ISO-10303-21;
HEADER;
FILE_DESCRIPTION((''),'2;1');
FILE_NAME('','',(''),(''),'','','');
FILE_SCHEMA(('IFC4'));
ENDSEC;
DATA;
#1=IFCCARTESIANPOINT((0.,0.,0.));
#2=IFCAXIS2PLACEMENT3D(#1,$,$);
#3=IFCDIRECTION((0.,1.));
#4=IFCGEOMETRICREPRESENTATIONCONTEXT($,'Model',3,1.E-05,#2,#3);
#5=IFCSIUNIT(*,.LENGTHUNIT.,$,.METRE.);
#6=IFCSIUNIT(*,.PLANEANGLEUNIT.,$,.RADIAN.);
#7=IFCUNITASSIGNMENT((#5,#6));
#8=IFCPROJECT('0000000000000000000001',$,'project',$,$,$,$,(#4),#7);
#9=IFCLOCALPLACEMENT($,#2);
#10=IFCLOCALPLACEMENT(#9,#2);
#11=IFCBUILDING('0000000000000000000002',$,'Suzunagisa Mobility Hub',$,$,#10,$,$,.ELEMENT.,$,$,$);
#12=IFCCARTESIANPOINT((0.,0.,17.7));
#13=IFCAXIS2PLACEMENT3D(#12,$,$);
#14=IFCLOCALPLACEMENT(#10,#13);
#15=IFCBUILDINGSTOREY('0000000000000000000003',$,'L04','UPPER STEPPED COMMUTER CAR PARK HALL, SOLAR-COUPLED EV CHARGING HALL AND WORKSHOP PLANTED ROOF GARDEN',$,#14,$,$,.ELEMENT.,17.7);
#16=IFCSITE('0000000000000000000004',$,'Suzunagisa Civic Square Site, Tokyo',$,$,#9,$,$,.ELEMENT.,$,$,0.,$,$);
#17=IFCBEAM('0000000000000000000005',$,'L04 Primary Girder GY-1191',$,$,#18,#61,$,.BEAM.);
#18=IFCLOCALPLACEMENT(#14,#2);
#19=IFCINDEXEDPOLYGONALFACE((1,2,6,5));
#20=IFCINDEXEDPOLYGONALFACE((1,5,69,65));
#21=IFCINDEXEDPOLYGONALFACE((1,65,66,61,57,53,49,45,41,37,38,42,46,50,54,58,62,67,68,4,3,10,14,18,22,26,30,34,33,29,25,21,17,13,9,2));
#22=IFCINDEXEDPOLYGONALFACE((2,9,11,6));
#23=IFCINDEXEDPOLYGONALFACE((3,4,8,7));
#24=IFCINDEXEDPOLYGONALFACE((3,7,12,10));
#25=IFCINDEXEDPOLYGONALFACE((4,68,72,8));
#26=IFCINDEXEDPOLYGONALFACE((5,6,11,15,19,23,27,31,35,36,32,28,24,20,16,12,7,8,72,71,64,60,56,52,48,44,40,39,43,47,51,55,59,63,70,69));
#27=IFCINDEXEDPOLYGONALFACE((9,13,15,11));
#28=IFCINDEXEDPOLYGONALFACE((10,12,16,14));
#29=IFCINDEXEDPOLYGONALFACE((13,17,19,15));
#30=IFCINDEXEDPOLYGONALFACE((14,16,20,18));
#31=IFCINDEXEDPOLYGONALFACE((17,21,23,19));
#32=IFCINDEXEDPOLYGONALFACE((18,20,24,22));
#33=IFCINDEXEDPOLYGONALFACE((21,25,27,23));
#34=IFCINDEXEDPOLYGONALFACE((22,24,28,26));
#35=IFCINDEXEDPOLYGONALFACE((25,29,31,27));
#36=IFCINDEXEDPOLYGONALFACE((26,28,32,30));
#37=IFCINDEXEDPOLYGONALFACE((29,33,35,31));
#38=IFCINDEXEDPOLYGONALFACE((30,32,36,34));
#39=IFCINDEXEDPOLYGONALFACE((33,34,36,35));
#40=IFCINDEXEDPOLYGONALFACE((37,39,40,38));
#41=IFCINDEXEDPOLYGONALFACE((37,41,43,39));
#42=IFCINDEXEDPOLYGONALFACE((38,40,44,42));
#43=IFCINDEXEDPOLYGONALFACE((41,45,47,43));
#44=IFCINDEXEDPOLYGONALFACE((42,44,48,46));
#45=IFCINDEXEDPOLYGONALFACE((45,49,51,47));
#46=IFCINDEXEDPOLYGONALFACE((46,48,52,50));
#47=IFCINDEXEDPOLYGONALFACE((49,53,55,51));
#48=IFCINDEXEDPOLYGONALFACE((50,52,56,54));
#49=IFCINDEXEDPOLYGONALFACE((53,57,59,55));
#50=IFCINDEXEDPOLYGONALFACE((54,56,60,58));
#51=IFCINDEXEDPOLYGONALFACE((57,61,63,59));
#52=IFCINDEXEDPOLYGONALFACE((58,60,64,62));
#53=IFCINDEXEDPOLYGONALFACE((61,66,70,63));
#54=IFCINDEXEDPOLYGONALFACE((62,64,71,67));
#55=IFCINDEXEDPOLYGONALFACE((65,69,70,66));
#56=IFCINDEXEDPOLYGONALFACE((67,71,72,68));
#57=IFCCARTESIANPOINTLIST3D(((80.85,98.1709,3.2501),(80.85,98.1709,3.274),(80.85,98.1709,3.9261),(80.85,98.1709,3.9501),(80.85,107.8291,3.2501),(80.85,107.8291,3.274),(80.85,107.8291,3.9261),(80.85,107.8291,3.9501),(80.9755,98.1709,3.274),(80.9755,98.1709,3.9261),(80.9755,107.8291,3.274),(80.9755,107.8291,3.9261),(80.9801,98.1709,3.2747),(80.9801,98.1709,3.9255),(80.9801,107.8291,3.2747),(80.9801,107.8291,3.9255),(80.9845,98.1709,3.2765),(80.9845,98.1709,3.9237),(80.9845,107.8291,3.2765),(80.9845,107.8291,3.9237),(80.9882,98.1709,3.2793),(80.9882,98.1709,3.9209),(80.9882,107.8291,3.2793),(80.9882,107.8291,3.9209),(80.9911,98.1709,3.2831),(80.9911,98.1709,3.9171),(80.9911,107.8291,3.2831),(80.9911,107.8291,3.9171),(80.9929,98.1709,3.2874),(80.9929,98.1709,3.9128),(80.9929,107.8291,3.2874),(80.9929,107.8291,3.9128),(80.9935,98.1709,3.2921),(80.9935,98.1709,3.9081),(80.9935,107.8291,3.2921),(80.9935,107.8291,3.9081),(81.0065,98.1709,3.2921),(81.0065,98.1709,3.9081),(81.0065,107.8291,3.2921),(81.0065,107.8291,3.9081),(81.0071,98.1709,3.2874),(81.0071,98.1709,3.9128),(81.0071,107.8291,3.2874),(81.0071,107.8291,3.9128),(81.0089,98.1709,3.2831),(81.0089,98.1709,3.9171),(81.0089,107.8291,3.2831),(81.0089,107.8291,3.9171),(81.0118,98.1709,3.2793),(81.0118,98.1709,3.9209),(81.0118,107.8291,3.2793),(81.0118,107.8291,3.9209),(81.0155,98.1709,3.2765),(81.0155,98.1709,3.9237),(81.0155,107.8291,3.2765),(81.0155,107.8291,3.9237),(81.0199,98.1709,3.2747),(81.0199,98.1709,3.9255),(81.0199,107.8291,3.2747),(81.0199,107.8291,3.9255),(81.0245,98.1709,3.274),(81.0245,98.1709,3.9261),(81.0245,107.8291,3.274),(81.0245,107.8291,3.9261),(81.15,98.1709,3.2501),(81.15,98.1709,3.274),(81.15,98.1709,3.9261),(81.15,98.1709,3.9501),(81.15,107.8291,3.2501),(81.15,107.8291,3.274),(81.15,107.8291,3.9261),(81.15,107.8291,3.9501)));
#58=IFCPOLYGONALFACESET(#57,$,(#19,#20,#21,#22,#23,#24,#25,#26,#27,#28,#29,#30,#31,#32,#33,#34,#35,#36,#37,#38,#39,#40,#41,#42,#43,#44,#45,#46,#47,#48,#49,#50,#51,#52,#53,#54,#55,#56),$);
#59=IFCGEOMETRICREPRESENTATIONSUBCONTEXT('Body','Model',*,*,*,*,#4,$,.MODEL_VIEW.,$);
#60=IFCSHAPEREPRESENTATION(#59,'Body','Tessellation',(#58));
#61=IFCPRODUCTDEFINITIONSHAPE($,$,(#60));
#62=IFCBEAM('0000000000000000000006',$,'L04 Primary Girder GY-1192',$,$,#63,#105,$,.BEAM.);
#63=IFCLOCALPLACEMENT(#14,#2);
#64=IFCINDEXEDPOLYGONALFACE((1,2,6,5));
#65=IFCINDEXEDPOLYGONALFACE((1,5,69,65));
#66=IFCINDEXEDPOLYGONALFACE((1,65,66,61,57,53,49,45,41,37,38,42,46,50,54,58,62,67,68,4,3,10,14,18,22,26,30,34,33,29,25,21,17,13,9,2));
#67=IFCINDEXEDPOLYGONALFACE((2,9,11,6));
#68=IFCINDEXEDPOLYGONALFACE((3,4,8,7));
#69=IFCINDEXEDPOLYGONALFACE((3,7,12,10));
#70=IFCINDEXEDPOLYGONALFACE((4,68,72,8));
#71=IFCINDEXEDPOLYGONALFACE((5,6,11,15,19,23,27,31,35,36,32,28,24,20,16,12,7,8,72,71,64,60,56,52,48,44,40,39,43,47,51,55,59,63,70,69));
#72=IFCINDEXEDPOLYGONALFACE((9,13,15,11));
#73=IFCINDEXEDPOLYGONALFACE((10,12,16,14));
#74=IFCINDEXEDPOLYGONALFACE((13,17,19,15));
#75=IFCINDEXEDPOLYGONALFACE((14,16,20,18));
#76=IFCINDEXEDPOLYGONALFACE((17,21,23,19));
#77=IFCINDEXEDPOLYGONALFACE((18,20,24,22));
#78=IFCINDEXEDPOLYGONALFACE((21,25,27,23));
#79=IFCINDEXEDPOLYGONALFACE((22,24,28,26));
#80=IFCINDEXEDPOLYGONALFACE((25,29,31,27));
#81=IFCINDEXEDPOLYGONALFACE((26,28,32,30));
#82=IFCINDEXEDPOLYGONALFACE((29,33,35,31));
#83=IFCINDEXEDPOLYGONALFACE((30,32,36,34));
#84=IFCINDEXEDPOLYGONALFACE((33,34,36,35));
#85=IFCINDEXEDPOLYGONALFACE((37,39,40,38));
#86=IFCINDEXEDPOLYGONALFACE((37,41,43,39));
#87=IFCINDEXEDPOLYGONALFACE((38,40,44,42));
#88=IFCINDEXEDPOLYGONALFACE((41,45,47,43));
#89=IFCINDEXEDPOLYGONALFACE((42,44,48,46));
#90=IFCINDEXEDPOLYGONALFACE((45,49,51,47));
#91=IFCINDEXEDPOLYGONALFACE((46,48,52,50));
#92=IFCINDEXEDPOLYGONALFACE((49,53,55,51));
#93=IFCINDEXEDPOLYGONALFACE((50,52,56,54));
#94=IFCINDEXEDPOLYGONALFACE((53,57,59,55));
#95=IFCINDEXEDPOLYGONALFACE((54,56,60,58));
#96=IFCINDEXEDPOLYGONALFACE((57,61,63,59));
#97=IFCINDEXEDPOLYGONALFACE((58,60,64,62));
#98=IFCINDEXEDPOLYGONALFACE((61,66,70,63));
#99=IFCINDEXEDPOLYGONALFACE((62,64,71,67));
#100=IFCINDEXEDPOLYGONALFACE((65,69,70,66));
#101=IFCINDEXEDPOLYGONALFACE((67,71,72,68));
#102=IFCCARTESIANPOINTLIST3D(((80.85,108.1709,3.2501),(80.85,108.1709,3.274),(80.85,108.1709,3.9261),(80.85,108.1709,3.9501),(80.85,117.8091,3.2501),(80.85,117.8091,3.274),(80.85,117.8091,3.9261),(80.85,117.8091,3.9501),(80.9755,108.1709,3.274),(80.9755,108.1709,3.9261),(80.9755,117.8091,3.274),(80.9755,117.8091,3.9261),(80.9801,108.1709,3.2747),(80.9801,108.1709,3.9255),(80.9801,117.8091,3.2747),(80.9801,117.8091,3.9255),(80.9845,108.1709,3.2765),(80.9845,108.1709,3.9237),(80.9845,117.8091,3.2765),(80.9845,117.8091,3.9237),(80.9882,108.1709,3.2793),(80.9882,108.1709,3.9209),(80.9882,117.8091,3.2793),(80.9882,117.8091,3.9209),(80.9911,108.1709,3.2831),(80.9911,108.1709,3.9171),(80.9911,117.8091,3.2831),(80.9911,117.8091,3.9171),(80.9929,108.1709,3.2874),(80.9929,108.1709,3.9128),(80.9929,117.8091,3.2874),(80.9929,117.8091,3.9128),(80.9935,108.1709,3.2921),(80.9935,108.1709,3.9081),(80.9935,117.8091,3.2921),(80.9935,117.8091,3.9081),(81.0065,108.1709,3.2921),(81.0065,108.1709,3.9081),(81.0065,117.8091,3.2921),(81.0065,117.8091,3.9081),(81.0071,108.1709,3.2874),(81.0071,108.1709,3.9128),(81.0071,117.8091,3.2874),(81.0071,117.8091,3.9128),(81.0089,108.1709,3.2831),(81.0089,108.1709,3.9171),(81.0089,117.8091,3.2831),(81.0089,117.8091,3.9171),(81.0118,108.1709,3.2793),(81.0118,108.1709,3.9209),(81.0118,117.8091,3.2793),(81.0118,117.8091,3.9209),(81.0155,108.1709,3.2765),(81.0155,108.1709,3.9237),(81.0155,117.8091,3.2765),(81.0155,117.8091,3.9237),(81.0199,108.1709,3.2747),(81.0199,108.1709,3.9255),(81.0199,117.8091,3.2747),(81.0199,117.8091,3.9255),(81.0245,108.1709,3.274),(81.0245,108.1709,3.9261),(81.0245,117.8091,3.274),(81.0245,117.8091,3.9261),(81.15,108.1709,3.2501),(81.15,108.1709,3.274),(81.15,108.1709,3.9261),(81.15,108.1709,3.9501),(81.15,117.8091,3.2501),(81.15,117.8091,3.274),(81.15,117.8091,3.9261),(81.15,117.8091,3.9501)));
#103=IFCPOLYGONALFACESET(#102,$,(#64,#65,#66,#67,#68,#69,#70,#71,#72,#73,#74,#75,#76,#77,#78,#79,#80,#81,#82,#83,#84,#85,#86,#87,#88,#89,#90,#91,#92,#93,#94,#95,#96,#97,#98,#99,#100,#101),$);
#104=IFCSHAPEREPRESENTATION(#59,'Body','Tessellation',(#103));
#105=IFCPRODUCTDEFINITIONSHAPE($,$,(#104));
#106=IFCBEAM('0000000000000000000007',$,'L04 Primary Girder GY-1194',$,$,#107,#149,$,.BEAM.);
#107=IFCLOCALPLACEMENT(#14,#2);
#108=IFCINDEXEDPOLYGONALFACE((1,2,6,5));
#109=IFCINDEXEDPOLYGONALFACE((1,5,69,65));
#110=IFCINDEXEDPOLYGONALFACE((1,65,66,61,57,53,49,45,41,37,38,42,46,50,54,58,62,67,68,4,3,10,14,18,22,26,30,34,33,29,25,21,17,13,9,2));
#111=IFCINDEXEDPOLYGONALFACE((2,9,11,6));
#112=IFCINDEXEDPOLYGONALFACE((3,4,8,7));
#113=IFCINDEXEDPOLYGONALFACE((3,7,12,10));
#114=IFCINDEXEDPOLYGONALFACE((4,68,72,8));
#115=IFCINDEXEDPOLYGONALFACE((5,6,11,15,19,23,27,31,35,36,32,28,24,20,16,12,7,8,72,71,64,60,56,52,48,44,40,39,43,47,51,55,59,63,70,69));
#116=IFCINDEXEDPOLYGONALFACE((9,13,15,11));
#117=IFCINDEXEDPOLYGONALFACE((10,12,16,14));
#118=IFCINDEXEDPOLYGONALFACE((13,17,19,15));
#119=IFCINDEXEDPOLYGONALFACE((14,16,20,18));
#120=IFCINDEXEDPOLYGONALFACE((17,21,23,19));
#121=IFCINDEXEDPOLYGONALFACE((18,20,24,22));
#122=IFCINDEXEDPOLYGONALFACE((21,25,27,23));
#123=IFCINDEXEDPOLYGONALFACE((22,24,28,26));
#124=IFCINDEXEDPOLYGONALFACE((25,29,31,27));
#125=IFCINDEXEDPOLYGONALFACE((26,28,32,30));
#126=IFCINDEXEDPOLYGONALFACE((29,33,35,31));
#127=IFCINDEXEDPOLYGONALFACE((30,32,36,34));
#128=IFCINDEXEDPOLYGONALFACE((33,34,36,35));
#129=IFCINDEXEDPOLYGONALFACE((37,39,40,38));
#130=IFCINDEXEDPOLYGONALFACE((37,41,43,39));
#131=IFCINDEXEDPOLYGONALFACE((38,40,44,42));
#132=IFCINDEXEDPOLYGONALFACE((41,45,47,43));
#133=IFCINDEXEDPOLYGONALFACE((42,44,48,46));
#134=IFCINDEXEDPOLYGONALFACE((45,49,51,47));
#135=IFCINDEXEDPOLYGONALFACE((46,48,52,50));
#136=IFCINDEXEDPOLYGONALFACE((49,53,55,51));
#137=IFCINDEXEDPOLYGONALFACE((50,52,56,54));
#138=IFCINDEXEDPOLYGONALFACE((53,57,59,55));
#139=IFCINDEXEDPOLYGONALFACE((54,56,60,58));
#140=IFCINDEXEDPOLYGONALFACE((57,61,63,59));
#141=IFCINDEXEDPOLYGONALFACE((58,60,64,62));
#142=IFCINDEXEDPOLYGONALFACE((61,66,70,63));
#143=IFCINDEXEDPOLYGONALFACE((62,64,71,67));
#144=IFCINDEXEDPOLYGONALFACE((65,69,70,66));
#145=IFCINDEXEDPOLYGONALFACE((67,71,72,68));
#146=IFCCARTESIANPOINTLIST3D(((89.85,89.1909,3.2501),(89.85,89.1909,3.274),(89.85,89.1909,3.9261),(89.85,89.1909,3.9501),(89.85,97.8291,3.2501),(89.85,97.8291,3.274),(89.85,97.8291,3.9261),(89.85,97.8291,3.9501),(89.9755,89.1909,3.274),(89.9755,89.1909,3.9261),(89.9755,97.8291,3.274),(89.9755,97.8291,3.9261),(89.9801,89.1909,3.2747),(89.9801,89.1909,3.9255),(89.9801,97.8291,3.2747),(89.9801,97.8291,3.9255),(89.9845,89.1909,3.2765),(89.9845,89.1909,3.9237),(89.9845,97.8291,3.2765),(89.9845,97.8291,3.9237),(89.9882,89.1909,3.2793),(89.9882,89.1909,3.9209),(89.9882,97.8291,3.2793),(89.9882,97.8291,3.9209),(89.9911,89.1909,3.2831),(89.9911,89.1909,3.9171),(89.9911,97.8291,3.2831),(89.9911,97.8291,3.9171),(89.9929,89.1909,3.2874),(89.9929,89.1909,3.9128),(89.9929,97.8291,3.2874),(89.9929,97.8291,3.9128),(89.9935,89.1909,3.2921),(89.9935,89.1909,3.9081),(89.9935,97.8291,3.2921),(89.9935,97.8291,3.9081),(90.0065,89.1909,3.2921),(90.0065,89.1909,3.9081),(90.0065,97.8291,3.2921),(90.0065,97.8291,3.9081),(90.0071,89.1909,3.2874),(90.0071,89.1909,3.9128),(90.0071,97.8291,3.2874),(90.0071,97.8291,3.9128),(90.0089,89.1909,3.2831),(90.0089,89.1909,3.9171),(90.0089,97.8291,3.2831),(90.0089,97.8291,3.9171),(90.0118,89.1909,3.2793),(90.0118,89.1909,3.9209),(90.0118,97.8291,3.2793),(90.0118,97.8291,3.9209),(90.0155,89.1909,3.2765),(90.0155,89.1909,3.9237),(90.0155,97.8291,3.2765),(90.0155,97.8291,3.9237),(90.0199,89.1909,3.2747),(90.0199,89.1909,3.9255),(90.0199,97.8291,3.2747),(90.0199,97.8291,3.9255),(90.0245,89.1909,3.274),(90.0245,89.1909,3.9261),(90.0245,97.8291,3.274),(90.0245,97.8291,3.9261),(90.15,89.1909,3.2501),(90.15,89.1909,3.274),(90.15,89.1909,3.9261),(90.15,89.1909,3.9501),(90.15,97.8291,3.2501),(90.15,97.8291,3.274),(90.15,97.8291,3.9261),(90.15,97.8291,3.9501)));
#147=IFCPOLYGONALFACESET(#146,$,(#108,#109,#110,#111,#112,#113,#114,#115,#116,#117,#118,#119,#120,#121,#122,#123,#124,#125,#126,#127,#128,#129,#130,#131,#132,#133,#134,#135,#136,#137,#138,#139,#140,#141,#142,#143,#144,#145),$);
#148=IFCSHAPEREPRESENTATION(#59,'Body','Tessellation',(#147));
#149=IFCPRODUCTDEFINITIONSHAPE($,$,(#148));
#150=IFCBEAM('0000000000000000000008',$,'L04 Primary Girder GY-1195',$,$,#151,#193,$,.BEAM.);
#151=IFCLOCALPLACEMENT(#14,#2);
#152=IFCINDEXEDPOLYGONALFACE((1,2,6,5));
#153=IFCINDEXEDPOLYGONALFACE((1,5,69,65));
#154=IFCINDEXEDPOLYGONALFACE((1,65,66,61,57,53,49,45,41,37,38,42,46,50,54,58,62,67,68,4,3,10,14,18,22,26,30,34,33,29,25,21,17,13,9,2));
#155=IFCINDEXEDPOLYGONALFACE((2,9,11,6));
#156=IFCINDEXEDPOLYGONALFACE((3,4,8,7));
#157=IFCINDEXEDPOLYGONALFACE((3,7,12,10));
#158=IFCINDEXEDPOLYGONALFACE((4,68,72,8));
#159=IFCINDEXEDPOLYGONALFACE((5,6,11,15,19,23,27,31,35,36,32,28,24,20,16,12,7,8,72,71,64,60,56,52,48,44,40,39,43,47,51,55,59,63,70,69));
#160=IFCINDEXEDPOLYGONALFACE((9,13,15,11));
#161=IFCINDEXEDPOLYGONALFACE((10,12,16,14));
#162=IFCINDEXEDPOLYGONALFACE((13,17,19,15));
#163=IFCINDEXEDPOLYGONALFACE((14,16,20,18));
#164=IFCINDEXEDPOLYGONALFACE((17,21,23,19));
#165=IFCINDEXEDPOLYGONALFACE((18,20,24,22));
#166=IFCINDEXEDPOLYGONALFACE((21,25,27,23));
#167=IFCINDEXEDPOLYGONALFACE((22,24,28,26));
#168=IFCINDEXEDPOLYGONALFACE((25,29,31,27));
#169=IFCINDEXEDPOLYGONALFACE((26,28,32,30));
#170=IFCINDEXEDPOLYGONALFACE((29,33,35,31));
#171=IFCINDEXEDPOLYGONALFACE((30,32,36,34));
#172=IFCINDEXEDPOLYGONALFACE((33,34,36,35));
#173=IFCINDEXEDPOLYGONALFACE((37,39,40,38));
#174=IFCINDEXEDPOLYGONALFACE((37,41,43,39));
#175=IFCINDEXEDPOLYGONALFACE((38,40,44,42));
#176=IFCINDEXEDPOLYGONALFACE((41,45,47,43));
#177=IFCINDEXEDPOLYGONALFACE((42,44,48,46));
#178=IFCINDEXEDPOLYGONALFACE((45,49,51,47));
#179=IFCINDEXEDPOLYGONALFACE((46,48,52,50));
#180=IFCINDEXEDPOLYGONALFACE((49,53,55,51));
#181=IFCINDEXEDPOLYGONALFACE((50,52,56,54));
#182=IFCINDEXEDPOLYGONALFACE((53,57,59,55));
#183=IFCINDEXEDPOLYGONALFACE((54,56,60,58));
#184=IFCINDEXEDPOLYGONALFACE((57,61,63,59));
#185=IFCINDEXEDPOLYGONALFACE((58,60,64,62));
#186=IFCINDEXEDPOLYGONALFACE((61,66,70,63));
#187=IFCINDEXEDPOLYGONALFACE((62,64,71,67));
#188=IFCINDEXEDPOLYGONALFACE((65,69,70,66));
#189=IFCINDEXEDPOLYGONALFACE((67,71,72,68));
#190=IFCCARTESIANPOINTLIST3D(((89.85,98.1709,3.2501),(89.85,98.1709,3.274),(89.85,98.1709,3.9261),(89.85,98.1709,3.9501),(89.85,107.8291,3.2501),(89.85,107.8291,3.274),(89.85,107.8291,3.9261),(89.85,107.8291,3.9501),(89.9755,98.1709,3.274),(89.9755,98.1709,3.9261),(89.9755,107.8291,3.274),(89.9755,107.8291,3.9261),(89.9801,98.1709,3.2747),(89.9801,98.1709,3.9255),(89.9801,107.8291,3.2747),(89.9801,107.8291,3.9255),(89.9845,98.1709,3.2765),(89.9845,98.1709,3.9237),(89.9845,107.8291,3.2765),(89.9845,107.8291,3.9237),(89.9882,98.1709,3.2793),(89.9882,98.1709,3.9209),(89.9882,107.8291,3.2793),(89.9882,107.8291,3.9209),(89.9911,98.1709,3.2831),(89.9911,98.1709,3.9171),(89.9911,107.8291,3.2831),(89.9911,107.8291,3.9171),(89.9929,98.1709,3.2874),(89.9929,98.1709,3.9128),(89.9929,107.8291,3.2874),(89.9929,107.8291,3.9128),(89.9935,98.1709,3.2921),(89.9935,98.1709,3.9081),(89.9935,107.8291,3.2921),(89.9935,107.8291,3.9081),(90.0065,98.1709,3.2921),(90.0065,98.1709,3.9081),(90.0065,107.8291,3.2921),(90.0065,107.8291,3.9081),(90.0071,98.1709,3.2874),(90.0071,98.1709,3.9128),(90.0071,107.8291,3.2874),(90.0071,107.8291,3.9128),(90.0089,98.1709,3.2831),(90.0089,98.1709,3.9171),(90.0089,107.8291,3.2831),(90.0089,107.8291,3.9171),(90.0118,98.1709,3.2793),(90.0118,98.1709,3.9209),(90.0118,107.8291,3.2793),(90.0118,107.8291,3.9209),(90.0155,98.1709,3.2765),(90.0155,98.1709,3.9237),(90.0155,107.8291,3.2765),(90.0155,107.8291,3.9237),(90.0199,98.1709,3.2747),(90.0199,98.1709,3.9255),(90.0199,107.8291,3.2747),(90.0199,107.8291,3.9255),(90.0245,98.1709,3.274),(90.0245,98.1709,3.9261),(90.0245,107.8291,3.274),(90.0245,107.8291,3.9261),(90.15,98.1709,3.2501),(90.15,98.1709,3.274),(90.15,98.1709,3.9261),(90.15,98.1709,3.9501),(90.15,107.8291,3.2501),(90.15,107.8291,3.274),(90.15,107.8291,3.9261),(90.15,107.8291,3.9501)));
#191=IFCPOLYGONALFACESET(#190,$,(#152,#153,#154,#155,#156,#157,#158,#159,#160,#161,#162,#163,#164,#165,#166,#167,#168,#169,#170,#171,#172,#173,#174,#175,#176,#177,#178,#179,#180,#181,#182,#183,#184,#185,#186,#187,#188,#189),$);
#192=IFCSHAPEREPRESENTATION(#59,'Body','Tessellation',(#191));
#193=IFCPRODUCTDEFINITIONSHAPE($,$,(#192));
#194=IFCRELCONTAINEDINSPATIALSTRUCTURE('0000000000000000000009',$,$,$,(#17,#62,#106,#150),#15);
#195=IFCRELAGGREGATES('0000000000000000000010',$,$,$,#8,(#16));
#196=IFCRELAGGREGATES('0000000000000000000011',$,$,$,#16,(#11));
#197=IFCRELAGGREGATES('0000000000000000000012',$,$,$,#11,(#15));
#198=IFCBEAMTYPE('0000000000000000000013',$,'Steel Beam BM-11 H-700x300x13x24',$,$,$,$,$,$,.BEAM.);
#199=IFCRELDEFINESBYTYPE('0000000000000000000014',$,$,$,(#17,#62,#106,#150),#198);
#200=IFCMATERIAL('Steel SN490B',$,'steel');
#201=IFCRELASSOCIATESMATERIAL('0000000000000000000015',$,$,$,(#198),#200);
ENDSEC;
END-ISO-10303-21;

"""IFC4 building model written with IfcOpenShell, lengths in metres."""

from ifc_helpers import new_model, si_unit, direction, frame, origin, origin_2d, place, context, subcontext, project, spatial, i_section, extrude, material, material_profile, profile_set, type_object, element, save


model = new_model("IFC4")

# Units and contexts
model_context = context("Model", 3, precision=1e-05, world=origin(), true_north=direction((0.0, 1.0)))
body_context = subcontext(model_context, "Body", "Model", "MODEL_VIEW")
ifc_project = project(units=[si_unit("LENGTHUNIT", "METRE"), si_unit("PLANEANGLEUNIT", "RADIAN")], contexts=[model_context])

# Site, building, storey
site_placement = place(None, origin())
site = spatial("IfcSite", under=ifc_project, at=site_placement, Name="Suzunagisa Civic Square Site, Tokyo", CompositionType="ELEMENT", RefElevation=0.0)
building_placement = place(site_placement, origin())
building = spatial("IfcBuilding", under=site, at=building_placement, Name="Suzunagisa Mobility Hub", CompositionType="ELEMENT")
storey_placement = place(building_placement, frame((0.0, 0.0, 17.7)))
storey = spatial("IfcBuildingStorey", under=building, at=storey_placement, Name="L04", Description="UPPER STEPPED COMMUTER CAR PARK HALL, SOLAR-COUPLED EV CHARGING HALL AND WORKSHOP PLANTED ROOF GARDEN", CompositionType="ELEMENT", Elevation=17.7)

# Shared definitions
ifc_material_1 = material(Name="Steel SN490B", Category="steel")

# Beams
ifc_material_profile_1 = material_profile(ifc_material_1, i_section(OverallWidth=0.3, OverallDepth=0.7, WebThickness=0.0129, FlangeThickness=0.0239, FilletRadius=0.0181, at=origin_2d()), Name="H-700x300x13x24")
ifc_profile_set_1 = profile_set([ifc_material_profile_1], Name="Steel SN490B")
beam_type_1 = type_object("IfcBeamType", Name="Steel Beam BM-11 H-700x300x13x24", PredefinedType="BEAM", material=ifc_profile_set_1)
beam_1_placement = place(storey_placement, frame((81.0, 98.1709, 3.6001), z_axis=(0.0, 1.0, 0.0), x_axis=(-1.0, 0.0, 0.0)))
element("IfcBeam", 1, at=beam_1_placement, inside=storey, type_object=beam_type_1, Name="L04 Primary Girder GY-1191", PredefinedType="BEAM", context=body_context, shape_type="SweptSolid", body=[
    extrude(i_section(OverallWidth=0.3, OverallDepth=0.7, WebThickness=0.0129, FlangeThickness=0.0239, FilletRadius=0.0181, at=origin_2d()), origin(), (0.0, 0.0, 1.0), 9.6582),
])
beam_2_placement = place(storey_placement, frame((81.0, 108.1709, 3.6001), z_axis=(0.0, 1.0, 0.0), x_axis=(-1.0, 0.0, 0.0)))
element("IfcBeam", 2, at=beam_2_placement, inside=storey, type_object=beam_type_1, Name="L04 Primary Girder GY-1192", PredefinedType="BEAM", context=body_context, shape_type="SweptSolid", body=[
    extrude(i_section(OverallWidth=0.3, OverallDepth=0.7, WebThickness=0.0129, FlangeThickness=0.0239, FilletRadius=0.0181, at=origin_2d()), origin(), (0.0, 0.0, 1.0), 9.6382),
])
beam_3_placement = place(storey_placement, frame((90.0, 89.1909, 3.6001), z_axis=(0.0, 1.0, 0.0), x_axis=(-1.0, 0.0, 0.0)))
element("IfcBeam", 3, at=beam_3_placement, inside=storey, type_object=beam_type_1, Name="L04 Primary Girder GY-1194", PredefinedType="BEAM", context=body_context, shape_type="SweptSolid", body=[
    extrude(i_section(OverallWidth=0.3, OverallDepth=0.7, WebThickness=0.0129, FlangeThickness=0.0239, FilletRadius=0.0181, at=origin_2d()), origin(), (0.0, 0.0, 1.0), 8.6382),
])
beam_4_placement = place(storey_placement, frame((90.0, 98.1709, 3.6001), z_axis=(0.0, 1.0, 0.0), x_axis=(-1.0, 0.0, 0.0)))
element("IfcBeam", 4, at=beam_4_placement, inside=storey, type_object=beam_type_1, Name="L04 Primary Girder GY-1195", PredefinedType="BEAM", context=body_context, shape_type="SweptSolid", body=[
    extrude(i_section(OverallWidth=0.3, OverallDepth=0.7, WebThickness=0.0129, FlangeThickness=0.0239, FilletRadius=0.0181, at=origin_2d()), origin(), (0.0, 0.0, 1.0), 9.6582),
])

save(model, "model.ifc")
